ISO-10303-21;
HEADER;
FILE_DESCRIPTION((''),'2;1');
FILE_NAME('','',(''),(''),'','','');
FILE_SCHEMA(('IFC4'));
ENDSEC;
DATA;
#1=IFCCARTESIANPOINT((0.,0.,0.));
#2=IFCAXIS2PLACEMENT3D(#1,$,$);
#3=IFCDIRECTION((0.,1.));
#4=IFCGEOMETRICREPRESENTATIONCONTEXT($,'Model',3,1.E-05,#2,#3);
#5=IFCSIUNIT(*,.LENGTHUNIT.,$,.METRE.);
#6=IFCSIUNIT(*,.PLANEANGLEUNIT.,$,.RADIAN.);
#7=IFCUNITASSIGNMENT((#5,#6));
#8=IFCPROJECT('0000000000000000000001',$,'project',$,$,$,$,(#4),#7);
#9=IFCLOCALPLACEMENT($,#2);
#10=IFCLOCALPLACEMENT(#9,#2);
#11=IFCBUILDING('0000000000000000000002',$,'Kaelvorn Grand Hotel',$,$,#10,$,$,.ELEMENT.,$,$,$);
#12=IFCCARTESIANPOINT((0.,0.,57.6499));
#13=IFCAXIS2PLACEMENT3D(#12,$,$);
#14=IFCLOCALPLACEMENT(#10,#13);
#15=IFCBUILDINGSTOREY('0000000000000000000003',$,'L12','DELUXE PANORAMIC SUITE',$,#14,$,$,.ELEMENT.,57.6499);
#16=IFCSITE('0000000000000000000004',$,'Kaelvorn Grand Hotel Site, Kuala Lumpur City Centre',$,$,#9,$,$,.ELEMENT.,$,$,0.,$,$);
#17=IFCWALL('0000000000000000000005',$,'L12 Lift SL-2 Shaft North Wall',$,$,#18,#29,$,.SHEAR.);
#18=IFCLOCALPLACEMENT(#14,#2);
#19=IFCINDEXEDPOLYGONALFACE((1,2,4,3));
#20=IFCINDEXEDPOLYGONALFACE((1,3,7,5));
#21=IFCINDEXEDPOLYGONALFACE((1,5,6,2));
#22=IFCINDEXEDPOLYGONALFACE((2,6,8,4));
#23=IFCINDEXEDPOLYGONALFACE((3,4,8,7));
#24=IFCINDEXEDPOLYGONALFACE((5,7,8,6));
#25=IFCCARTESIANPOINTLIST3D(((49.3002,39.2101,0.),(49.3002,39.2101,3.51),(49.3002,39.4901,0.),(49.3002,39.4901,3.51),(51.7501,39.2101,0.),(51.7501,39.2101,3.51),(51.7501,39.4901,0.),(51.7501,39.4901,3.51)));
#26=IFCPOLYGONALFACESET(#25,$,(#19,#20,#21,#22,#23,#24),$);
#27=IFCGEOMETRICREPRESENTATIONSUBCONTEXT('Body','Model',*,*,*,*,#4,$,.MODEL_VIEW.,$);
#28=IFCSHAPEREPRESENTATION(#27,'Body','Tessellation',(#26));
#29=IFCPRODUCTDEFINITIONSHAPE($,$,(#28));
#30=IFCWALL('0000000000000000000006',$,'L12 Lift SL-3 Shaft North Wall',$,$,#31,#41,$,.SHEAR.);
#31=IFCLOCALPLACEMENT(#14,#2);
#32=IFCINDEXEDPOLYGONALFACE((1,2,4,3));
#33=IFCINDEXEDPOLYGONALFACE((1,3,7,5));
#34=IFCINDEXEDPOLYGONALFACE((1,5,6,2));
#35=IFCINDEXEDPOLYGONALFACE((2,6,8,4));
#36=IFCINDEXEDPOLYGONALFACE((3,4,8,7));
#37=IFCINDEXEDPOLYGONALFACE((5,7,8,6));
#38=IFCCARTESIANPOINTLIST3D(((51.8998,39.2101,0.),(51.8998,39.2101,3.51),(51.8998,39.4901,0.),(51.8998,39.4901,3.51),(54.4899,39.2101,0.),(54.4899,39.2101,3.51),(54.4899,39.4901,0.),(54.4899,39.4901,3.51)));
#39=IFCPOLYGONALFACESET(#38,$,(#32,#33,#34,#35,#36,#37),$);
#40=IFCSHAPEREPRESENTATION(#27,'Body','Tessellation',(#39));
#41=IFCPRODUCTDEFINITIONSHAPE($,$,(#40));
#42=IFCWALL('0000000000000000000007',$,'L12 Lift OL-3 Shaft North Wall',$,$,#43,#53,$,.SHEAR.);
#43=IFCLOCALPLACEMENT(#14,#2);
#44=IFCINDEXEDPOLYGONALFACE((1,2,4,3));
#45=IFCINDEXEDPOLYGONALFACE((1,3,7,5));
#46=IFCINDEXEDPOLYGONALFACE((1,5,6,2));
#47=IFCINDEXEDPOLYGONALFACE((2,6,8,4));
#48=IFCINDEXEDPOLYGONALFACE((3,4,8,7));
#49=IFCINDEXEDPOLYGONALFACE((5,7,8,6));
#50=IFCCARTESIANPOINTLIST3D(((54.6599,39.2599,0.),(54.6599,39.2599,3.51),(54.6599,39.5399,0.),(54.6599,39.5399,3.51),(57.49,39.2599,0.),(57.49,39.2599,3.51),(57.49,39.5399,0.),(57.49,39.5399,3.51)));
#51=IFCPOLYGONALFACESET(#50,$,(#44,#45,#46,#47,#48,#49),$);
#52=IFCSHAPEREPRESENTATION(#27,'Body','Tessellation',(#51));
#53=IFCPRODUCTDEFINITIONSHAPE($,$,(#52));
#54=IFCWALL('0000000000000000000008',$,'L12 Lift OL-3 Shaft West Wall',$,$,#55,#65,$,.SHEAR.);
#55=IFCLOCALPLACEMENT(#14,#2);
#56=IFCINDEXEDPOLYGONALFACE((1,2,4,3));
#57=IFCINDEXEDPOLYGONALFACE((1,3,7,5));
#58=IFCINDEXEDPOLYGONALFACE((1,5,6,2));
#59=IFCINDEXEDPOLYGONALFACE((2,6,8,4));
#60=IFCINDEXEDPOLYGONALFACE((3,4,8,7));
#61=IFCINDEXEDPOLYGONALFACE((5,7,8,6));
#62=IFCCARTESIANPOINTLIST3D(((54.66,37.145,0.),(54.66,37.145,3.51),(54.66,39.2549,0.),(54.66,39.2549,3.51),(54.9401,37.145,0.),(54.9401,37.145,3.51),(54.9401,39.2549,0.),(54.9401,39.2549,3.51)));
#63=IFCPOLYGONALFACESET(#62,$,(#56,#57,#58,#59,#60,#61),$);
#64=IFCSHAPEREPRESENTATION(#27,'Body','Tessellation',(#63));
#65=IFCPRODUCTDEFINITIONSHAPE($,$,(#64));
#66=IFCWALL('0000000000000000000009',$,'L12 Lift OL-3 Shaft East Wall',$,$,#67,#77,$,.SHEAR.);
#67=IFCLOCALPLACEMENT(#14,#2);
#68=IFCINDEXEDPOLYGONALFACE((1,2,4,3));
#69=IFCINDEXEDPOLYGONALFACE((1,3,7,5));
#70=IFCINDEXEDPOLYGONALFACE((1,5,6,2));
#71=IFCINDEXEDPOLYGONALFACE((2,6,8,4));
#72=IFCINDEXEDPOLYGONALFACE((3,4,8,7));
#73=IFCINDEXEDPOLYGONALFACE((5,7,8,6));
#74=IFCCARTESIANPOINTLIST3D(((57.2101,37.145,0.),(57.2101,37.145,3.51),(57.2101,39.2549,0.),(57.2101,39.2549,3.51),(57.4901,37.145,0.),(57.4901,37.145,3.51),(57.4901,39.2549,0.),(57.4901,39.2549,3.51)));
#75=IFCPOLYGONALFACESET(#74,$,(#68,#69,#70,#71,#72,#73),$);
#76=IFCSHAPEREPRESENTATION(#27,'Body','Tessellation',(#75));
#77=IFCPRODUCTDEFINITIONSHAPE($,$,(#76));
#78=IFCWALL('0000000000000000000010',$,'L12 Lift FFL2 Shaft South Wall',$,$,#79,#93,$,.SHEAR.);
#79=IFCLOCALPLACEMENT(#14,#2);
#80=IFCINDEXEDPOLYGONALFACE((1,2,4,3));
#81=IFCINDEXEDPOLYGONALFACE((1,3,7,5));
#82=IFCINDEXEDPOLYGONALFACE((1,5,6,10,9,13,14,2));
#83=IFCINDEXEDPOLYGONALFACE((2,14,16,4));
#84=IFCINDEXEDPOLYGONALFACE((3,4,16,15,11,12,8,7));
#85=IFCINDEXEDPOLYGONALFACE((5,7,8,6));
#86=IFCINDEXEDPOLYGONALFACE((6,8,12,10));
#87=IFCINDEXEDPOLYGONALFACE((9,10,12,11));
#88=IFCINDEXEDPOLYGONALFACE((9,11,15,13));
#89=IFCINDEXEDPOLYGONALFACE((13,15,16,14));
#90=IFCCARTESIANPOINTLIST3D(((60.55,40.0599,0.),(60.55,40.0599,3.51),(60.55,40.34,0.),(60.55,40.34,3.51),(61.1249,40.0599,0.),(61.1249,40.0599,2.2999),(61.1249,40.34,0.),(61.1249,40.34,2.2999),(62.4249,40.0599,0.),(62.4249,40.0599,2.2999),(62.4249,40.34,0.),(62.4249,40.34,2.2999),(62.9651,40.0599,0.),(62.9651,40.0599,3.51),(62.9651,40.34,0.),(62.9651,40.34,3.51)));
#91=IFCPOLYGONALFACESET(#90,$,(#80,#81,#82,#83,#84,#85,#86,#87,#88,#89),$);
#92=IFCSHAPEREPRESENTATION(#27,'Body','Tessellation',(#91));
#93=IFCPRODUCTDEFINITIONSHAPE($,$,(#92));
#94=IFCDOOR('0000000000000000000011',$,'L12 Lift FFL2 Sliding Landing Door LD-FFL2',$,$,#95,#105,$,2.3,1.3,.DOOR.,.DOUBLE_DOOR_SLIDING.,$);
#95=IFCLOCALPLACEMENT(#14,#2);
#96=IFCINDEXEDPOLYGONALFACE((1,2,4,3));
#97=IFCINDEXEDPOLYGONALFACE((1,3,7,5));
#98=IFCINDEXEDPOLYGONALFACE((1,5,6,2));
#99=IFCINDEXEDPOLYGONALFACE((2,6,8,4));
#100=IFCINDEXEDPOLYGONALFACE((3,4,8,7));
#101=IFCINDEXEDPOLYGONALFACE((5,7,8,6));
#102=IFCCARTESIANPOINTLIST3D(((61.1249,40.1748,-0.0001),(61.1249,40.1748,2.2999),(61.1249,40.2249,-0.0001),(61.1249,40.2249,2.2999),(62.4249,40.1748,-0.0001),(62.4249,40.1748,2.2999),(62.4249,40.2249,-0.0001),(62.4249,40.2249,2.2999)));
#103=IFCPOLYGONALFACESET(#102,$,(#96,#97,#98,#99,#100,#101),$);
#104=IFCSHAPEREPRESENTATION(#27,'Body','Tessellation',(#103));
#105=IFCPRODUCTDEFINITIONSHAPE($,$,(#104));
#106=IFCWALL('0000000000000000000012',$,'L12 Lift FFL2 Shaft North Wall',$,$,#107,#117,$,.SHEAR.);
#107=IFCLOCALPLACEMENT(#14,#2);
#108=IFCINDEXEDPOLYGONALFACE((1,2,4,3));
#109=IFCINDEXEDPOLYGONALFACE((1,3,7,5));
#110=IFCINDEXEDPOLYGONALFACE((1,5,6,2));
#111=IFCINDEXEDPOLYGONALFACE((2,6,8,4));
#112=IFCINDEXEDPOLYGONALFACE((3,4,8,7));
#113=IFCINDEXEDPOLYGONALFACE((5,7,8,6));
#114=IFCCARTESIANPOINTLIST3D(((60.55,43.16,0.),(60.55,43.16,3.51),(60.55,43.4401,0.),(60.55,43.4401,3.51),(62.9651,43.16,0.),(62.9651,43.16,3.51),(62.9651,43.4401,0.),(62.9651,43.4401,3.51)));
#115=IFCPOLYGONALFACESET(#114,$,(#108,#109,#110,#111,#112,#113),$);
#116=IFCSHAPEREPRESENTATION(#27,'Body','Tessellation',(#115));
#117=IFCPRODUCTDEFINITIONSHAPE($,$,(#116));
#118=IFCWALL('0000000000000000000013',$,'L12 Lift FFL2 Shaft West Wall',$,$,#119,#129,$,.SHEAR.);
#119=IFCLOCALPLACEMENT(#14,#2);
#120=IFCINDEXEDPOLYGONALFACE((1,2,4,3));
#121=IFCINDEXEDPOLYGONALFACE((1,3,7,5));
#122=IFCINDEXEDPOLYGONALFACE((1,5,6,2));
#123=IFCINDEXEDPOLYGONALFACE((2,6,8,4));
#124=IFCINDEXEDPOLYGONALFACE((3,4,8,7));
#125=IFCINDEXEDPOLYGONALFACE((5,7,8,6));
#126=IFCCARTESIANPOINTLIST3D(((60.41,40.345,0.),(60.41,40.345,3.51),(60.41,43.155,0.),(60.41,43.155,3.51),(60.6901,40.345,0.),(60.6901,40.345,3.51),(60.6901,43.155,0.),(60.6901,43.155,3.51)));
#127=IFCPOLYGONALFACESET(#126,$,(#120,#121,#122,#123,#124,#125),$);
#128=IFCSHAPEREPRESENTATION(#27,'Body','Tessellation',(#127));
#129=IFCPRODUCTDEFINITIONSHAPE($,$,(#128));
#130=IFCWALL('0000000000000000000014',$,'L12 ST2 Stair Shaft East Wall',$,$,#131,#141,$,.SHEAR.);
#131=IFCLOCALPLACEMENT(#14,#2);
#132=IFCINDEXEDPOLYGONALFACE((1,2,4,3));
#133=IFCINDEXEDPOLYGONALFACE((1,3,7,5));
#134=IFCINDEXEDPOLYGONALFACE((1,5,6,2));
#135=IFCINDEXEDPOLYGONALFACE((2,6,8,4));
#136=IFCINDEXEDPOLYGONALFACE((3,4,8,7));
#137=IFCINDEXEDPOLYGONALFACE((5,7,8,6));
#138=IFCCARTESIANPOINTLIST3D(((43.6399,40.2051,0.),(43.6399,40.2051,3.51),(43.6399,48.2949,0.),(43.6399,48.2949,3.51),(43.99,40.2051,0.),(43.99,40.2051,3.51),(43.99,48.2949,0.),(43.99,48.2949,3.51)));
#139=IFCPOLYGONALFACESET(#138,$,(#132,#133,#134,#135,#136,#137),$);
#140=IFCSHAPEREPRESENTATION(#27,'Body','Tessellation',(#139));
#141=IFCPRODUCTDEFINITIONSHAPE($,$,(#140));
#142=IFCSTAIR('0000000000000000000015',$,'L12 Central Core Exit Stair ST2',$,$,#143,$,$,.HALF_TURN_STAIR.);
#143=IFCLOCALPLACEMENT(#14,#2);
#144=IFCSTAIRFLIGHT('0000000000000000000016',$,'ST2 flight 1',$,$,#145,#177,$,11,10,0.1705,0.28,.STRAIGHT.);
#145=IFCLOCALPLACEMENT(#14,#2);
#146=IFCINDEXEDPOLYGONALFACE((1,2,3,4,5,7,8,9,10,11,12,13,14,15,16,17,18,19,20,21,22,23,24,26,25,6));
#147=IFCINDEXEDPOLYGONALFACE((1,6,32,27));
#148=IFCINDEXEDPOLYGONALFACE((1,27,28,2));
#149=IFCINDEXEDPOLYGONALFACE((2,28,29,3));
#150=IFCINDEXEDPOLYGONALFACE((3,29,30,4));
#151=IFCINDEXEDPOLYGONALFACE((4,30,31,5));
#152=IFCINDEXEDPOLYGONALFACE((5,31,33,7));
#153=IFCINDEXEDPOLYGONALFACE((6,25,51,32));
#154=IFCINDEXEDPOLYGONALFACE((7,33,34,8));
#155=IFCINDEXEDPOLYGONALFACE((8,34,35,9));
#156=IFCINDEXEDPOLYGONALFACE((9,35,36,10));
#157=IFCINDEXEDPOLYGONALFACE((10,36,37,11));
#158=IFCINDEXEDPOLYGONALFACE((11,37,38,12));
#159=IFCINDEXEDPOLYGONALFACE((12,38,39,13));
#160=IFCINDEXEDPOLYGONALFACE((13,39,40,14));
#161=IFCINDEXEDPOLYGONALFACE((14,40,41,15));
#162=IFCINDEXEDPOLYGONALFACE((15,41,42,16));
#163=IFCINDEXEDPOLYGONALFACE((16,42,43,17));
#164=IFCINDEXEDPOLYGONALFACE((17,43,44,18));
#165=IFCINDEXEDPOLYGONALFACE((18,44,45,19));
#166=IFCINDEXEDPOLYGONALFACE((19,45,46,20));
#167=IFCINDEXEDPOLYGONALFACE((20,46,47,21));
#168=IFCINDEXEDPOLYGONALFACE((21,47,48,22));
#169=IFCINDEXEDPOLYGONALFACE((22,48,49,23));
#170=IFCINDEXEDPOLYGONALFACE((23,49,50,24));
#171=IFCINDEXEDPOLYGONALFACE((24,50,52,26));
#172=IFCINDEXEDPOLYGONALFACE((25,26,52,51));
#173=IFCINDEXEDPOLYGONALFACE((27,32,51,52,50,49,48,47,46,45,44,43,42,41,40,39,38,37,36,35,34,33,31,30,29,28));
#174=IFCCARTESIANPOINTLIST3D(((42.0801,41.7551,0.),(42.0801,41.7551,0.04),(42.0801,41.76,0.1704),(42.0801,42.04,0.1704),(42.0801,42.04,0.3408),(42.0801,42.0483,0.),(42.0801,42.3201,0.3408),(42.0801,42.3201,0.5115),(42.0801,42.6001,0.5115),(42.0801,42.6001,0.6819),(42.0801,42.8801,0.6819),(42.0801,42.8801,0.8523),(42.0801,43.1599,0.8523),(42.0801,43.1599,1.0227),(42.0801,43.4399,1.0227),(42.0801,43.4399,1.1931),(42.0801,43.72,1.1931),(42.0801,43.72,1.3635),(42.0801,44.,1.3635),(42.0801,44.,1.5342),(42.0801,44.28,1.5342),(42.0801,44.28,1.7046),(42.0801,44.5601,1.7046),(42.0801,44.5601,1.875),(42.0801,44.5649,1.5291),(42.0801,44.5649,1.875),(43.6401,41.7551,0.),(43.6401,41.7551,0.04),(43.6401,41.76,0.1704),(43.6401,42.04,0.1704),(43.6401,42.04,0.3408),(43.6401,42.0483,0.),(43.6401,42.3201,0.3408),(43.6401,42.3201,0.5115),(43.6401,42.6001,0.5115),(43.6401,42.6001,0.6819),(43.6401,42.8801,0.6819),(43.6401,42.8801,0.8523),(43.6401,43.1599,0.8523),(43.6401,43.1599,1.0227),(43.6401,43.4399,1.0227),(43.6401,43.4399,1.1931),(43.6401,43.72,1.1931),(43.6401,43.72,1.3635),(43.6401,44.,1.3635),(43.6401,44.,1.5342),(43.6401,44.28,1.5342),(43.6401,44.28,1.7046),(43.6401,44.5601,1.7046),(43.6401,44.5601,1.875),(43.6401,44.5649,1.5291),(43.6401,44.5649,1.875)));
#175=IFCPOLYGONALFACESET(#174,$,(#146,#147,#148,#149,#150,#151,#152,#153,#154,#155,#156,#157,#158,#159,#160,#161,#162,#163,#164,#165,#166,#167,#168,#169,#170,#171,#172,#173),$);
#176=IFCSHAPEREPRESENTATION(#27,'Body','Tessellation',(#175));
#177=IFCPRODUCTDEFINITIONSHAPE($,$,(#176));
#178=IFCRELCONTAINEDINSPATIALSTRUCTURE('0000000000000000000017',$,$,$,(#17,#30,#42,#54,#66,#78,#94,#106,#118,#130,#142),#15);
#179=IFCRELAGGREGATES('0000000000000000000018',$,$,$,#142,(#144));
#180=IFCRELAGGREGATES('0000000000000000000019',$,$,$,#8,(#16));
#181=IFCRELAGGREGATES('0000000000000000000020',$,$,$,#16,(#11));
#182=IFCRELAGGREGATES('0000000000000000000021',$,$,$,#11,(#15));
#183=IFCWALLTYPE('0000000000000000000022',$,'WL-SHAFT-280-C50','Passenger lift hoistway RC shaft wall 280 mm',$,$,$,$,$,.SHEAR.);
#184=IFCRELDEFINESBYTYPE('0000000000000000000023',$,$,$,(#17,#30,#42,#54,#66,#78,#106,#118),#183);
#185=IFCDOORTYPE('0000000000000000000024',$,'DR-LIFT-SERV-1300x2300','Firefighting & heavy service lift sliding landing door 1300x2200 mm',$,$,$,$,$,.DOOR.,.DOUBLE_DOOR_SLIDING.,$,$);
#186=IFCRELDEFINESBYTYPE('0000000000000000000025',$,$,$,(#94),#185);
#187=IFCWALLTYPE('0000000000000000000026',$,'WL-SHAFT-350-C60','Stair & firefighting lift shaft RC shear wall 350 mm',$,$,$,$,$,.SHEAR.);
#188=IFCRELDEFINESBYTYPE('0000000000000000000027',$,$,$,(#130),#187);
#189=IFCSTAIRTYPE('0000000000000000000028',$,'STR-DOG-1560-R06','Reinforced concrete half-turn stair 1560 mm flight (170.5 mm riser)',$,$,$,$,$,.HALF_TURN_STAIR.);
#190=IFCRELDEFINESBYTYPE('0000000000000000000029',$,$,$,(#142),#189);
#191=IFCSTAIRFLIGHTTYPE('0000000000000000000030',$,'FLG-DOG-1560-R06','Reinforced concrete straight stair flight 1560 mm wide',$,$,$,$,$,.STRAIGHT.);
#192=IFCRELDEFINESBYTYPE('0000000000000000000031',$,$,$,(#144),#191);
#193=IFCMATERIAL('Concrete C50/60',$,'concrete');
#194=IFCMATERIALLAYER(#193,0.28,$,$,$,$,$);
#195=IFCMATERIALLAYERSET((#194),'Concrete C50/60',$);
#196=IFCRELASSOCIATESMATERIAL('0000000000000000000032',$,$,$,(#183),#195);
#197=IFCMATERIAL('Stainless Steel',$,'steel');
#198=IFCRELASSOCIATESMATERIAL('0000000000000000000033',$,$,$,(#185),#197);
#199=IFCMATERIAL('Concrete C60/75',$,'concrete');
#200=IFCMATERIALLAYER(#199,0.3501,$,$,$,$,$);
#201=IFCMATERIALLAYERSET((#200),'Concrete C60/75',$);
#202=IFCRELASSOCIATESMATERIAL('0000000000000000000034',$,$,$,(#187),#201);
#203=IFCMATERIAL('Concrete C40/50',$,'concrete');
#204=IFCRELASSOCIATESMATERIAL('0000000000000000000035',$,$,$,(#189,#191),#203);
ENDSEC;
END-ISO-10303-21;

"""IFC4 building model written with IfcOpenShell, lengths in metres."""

from ifc_helpers import new_model, si_unit, direction, frame, frame_2d, origin, place, context, subcontext, project, spatial, polyline, rectangle, outline, extrude, material, layer, layer_set, type_object, element, fill, aggregate, save


model = new_model("IFC4")

# Units and contexts
model_context = context("Model", 3, precision=1e-05, world=origin(), true_north=direction((0.0, 1.0)))
body_context = subcontext(model_context, "Body", "Model", "MODEL_VIEW")
ifc_project = project(units=[si_unit("LENGTHUNIT", "METRE"), si_unit("PLANEANGLEUNIT", "RADIAN")], contexts=[model_context])

# Site, building, storey
site_placement = place(None, origin())
site = spatial("IfcSite", under=ifc_project, at=site_placement, Name="Kaelvorn Grand Hotel Site, Kuala Lumpur City Centre", CompositionType="ELEMENT", RefElevation=0.0)
building_placement = place(site_placement, origin())
building = spatial("IfcBuilding", under=site, at=building_placement, Name="Kaelvorn Grand Hotel", CompositionType="ELEMENT")
storey_placement = place(building_placement, frame((0.0, 0.0, 57.6499)))
storey = spatial("IfcBuildingStorey", under=building, at=storey_placement, Name="L12", Description="DELUXE PANORAMIC SUITE", CompositionType="ELEMENT", Elevation=57.6499)

# Shared definitions
ifc_material_1 = material(Name="Concrete C60/75", Category="concrete")

# Shared definitions
ifc_material_2 = material(Name="Concrete C40/50", Category="concrete")

# Walls
ifc_material_3 = material(Name="Concrete C50/60", Category="concrete")
ifc_layer_1 = layer(ifc_material_3, 0.28)
ifc_layer_set_1 = layer_set([ifc_layer_1], Name="Concrete C50/60")
wall_type_1 = type_object("IfcWallType", Name="WL-SHAFT-280-C50", Description="Passenger lift hoistway RC shaft wall 280 mm", PredefinedType="SHEAR", material=ifc_layer_set_1)
for number, where, z_axis, x_axis, name in (
    (1, (49.3, 39.3501, 0.0), (0.0, 0.0, 1.0), (1.0, 0.0, 0.0), "L12 Lift SL-2 Shaft North Wall"),
):
    element("IfcWall", number, at=place(storey_placement, frame(where, z_axis=z_axis, x_axis=x_axis)), inside=storey, type_object=wall_type_1, Name=name, PredefinedType="SHEAR", context=body_context, shape_type="SweptSolid", body=[
        extrude(rectangle(XDim=2.45, YDim=0.28, at=frame_2d((1.2251, 0.0))), origin(), (0.0, 0.0, 1.0), 3.51),
    ])
wall_1_placement = place(storey_placement, frame((51.8999, 39.3501, 0.0), z_axis=(0.0, 0.0, 1.0), x_axis=(1.0, 0.0, 0.0)))
element("IfcWall", 2, at=wall_1_placement, inside=storey, type_object=wall_type_1, Name="L12 Lift SL-3 Shaft North Wall", PredefinedType="SHEAR", context=body_context, shape_type="SweptSolid", body=[
    extrude(rectangle(XDim=2.5901, YDim=0.28, at=frame_2d((1.2949, 0.0))), origin(), (0.0, 0.0, 1.0), 3.51),
])
wall_2_placement = place(storey_placement, frame((54.6599, 39.3999, 0.0), z_axis=(0.0, 0.0, 1.0), x_axis=(1.0, 0.0, 0.0)))
element("IfcWall", 3, at=wall_2_placement, inside=storey, type_object=wall_type_1, Name="L12 Lift OL-3 Shaft North Wall", PredefinedType="SHEAR", context=body_context, shape_type="SweptSolid", body=[
    extrude(rectangle(XDim=2.8301, YDim=0.28, at=frame_2d((1.415, 0.0))), origin(), (0.0, 0.0, 1.0), 3.51),
])
for number, where, z_axis, x_axis, name in (
    (4, (54.8, 37.145, 0.0), (0.0, 0.0, 1.0), (0.0, 1.0, 0.0), "L12 Lift OL-3 Shaft West Wall"),
    (5, (57.3501, 37.145, 0.0), (0.0, 0.0, 1.0), (0.0, 1.0, 0.0), "L12 Lift OL-3 Shaft East Wall"),
):
    element("IfcWall", number, at=place(storey_placement, frame(where, z_axis=z_axis, x_axis=x_axis)), inside=storey, type_object=wall_type_1, Name=name, PredefinedType="SHEAR", context=body_context, shape_type="SweptSolid", body=[
        extrude(rectangle(XDim=2.1099, YDim=0.28, at=frame_2d((1.0549, 0.0))), origin(), (0.0, 0.0, 1.0), 3.51),
    ])

# Wall, opening, door
wall_3_placement = place(storey_placement, frame((60.55, 40.2, 0.0), z_axis=(0.0, 0.0, 1.0), x_axis=(1.0, 0.0, 0.0)))
wall_3 = element("IfcWall", 6, at=wall_3_placement, inside=storey, type_object=wall_type_1, Name="L12 Lift FFL2 Shaft South Wall", PredefinedType="SHEAR", context=body_context, shape_type="SweptSolid", body=[
    extrude(rectangle(XDim=2.415, YDim=0.28, at=frame_2d((1.2075, 0.0))), origin(), (0.0, 0.0, 1.0), 3.51),
])
opening_1_placement = place(wall_3_placement, frame((0.575, 0.0, 0.0)))
opening_1 = element("IfcOpeningElement", 7, at=opening_1_placement, cuts=wall_3, PredefinedType="OPENING", context=body_context, shape_type="SweptSolid", body=[
    extrude(rectangle(XDim=1.3, YDim=2.3, at=frame_2d((0.6499, 1.1499))), frame((0.0, 0.1499, 0.0), z_axis=(0.0, -1.0, 0.0), x_axis=(1.0, 0.0, 0.0)), (0.0, 0.0, 1.0), 0.3),
])
ifc_material_4 = material(Name="Stainless Steel", Category="steel")
door_type_1 = type_object("IfcDoorType", Name="DR-LIFT-SERV-1300x2300", Description="Firefighting & heavy service lift sliding landing door 1300x2200 mm", OperationType="DOUBLE_DOOR_SLIDING", PredefinedType="DOOR", material=ifc_material_4)
door_1_placement = place(opening_1_placement, origin())
door_1 = element("IfcDoor", 8, at=door_1_placement, inside=storey, type_object=door_type_1, Name="L12 Lift FFL2 Sliding Landing Door LD-FFL2", OperationType="DOUBLE_DOOR_SLIDING", OverallHeight=2.3, OverallWidth=1.3, PredefinedType="DOOR", context=body_context, shape_type="SweptSolid", body=[
    extrude(rectangle(XDim=1.3, YDim=2.3, at=frame_2d((0.6499, 1.1499))), frame((0.0, 0.0249, 0.0), z_axis=(0.0, -1.0, 0.0), x_axis=(1.0, 0.0, 0.0)), (0.0, 0.0, 1.0), 0.05),
])
fill(opening_1, door_1)

# Walls
wall_4_placement = place(storey_placement, frame((60.55, 43.3, 0.0), z_axis=(0.0, 0.0, 1.0), x_axis=(1.0, 0.0, 0.0)))
element("IfcWall", 9, at=wall_4_placement, inside=storey, type_object=wall_type_1, Name="L12 Lift FFL2 Shaft North Wall", PredefinedType="SHEAR", context=body_context, shape_type="SweptSolid", body=[
    extrude(rectangle(XDim=2.415, YDim=0.28, at=frame_2d((1.2075, 0.0))), origin(), (0.0, 0.0, 1.0), 3.51),
])
wall_5_placement = place(storey_placement, frame((60.55, 40.345, 0.0), z_axis=(0.0, 0.0, 1.0), x_axis=(0.0, 1.0, 0.0)))
element("IfcWall", 10, at=wall_5_placement, inside=storey, type_object=wall_type_1, Name="L12 Lift FFL2 Shaft West Wall", PredefinedType="SHEAR", context=body_context, shape_type="SweptSolid", body=[
    extrude(rectangle(XDim=2.8101, YDim=0.28, at=frame_2d((1.405, 0.0))), origin(), (0.0, 0.0, 1.0), 3.51),
])
ifc_layer_2 = layer(ifc_material_1, 0.3501)
ifc_layer_set_2 = layer_set([ifc_layer_2], Name="Concrete C60/75")
wall_type_2 = type_object("IfcWallType", Name="WL-SHAFT-350-C60", Description="Stair & firefighting lift shaft RC shear wall 350 mm", PredefinedType="SHEAR", material=ifc_layer_set_2)
wall_6_placement = place(storey_placement, frame((43.8149, 40.2051, 0.0), z_axis=(0.0, 0.0, 1.0), x_axis=(0.0, 1.0, 0.0)))
element("IfcWall", 11, at=wall_6_placement, inside=storey, type_object=wall_type_2, Name="L12 ST2 Stair Shaft East Wall", PredefinedType="SHEAR", context=body_context, shape_type="SweptSolid", body=[
    extrude(rectangle(XDim=8.0898, YDim=0.3501, at=frame_2d((4.0449, 0.0))), origin(), (0.0, 0.0, 1.0), 3.51),
])

# Stair, stair flight
stair_type = type_object("IfcStairType", Name="STR-DOG-1560-R06", Description="Reinforced concrete half-turn stair 1560 mm flight (170.5 mm riser)", PredefinedType="HALF_TURN_STAIR", material=ifc_material_2)
stair_placement = place(storey_placement, origin())
stair = element("IfcStair", 12, at=stair_placement, inside=storey, type_object=stair_type, Name="L12 Central Core Exit Stair ST2", PredefinedType="HALF_TURN_STAIR")
stair_flight_type = type_object("IfcStairFlightType", Name="FLG-DOG-1560-R06", Description="Reinforced concrete straight stair flight 1560 mm wide", PredefinedType="STRAIGHT", material=ifc_material_2)
stair_flight_placement = place(storey_placement, frame((42.8601, 41.76, 0.0), z_axis=(0.0, 0.0, 1.0), x_axis=(0.0, 1.0, 0.0)))
stair_flight = element("IfcStairFlight", 13, at=stair_flight_placement, type_object=stair_flight_type, Name="ST2 flight 1", NumberOfRisers=11, NumberOfTreads=10, PredefinedType="STRAIGHT", RiserHeight=0.1705, TreadLength=0.28, context=body_context, shape_type="SweptSolid", body=[
    extrude(outline(polyline([(-0.0049, 0.0), (-0.0049, 0.04), (0.0, 0.1704), (0.28, 0.1704), (0.28, 0.3408), (0.5601, 0.3408), (0.5601, 0.5115), (0.8401, 0.5115), (0.8401, 0.6819), (1.1201, 0.6819), (1.1201, 0.8523), (1.3999, 0.8523), (1.3999, 1.0227), (1.6799, 1.0227), (1.6799, 1.1931), (1.96, 1.1931), (1.96, 1.3635), (2.24, 1.3635), (2.24, 1.5342), (2.52, 1.5342), (2.52, 1.7046), (2.8, 1.7046), (2.8, 1.875), (2.8049, 1.875), (2.8049, 1.5291), (0.2883, 0.0), (-0.0049, 0.0)])), frame((0.0, 0.78, 0.0), z_axis=(0.0, -1.0, 0.0), x_axis=(1.0, 0.0, 0.0)), (0.0, 0.0, 1.0), 1.5601),
])
aggregate(stair, [stair_flight])

save(model, "model.ifc")
